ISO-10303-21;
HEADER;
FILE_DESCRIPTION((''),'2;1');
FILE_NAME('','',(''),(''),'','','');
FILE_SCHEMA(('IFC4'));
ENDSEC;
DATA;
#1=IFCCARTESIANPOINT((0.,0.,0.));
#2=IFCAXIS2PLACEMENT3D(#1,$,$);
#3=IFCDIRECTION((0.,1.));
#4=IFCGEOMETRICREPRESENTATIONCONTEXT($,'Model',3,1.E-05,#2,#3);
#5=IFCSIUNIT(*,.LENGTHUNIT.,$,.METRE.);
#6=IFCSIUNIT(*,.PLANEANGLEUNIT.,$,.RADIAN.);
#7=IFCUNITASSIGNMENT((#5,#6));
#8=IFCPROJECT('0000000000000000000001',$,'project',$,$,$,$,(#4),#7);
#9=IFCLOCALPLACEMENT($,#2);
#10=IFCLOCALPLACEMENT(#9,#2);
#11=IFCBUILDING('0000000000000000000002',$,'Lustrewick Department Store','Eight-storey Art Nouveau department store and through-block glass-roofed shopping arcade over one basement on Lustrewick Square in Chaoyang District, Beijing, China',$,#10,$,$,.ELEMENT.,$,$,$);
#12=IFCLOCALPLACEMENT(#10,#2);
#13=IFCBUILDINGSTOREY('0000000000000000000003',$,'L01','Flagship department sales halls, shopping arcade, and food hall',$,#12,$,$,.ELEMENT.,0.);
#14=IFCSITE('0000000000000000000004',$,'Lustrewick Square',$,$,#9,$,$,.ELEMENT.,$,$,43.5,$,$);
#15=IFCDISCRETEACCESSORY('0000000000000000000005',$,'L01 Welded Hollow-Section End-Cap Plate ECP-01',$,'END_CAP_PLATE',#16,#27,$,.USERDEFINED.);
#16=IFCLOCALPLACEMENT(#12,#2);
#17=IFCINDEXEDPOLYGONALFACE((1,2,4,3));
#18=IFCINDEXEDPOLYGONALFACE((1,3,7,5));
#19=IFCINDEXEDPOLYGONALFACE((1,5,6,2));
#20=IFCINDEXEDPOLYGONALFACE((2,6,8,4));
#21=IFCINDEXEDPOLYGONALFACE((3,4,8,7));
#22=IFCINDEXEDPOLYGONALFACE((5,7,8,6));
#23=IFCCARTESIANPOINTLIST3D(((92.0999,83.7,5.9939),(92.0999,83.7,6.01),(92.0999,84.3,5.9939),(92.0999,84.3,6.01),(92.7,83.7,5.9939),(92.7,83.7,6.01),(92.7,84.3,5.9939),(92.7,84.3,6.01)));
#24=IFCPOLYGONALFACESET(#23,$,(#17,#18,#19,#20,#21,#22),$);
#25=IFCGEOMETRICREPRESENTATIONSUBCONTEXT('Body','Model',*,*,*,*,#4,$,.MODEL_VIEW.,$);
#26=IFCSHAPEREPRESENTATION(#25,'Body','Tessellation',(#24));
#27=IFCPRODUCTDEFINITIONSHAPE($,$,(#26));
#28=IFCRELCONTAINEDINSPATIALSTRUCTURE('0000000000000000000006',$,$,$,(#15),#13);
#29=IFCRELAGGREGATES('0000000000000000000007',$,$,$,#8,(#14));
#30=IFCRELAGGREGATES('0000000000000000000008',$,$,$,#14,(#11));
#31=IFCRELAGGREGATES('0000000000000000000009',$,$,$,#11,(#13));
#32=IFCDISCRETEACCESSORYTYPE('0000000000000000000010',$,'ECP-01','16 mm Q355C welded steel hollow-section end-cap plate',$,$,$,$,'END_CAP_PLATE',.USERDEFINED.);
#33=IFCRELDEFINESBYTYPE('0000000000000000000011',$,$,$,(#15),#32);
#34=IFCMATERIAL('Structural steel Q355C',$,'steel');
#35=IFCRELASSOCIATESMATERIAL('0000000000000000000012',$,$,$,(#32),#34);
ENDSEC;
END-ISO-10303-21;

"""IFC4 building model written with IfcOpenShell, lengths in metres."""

from ifc_helpers import new_model, si_unit, direction, frame, origin, origin_2d, place, context, subcontext, project, spatial, rectangle, extrude, material, type_object, element, save


model = new_model("IFC4")

# Units and contexts
model_context = context("Model", 3, precision=1e-05, world=origin(), true_north=direction((0.0, 1.0)))
body_context = subcontext(model_context, "Body", "Model", "MODEL_VIEW")
ifc_project = project(units=[si_unit("LENGTHUNIT", "METRE"), si_unit("PLANEANGLEUNIT", "RADIAN")], contexts=[model_context])

# Site, building, storey
site_placement = place(None, origin())
site = spatial("IfcSite", under=ifc_project, at=site_placement, Name="Lustrewick Square", CompositionType="ELEMENT", RefElevation=43.5)
building_placement = place(site_placement, origin())
building = spatial("IfcBuilding", under=site, at=building_placement, Name="Lustrewick Department Store", Description="Eight-storey Art Nouveau department store and through-block glass-roofed shopping arcade over one basement on Lustrewick Square in Chaoyang District, Beijing, China", CompositionType="ELEMENT")
storey_placement = place(building_placement, origin())
storey = spatial("IfcBuildingStorey", under=building, at=storey_placement, Name="L01", Description="Flagship department sales halls, shopping arcade, and food hall", CompositionType="ELEMENT", Elevation=0.0)

# Shared definitions
ifc_material_1 = material(Name="Structural steel Q355C", Category="steel")

# Discrete accessory
discrete_accessory_type = type_object("IfcDiscreteAccessoryType", Name="ECP-01", Description="16 mm Q355C welded steel hollow-section end-cap plate", ElementType="END_CAP_PLATE", PredefinedType="USERDEFINED", material=ifc_material_1)
discrete_accessory_placement = place(storey_placement, frame((92.3999, 84.0, 5.9939), z_axis=(0.0, 0.0, 1.0), x_axis=(1.0, 0.0, 0.0)))
element("IfcDiscreteAccessory", 1, at=discrete_accessory_placement, inside=storey, type_object=discrete_accessory_type, Name="L01 Welded Hollow-Section End-Cap Plate ECP-01", ObjectType="END_CAP_PLATE", PredefinedType="USERDEFINED", context=body_context, shape_type="SweptSolid", body=[
    extrude(rectangle(XDim=0.6001, YDim=0.6001, at=origin_2d()), origin(), (0.0, 0.0, 1.0), 0.0161),
])

save(model, "model.ifc")
